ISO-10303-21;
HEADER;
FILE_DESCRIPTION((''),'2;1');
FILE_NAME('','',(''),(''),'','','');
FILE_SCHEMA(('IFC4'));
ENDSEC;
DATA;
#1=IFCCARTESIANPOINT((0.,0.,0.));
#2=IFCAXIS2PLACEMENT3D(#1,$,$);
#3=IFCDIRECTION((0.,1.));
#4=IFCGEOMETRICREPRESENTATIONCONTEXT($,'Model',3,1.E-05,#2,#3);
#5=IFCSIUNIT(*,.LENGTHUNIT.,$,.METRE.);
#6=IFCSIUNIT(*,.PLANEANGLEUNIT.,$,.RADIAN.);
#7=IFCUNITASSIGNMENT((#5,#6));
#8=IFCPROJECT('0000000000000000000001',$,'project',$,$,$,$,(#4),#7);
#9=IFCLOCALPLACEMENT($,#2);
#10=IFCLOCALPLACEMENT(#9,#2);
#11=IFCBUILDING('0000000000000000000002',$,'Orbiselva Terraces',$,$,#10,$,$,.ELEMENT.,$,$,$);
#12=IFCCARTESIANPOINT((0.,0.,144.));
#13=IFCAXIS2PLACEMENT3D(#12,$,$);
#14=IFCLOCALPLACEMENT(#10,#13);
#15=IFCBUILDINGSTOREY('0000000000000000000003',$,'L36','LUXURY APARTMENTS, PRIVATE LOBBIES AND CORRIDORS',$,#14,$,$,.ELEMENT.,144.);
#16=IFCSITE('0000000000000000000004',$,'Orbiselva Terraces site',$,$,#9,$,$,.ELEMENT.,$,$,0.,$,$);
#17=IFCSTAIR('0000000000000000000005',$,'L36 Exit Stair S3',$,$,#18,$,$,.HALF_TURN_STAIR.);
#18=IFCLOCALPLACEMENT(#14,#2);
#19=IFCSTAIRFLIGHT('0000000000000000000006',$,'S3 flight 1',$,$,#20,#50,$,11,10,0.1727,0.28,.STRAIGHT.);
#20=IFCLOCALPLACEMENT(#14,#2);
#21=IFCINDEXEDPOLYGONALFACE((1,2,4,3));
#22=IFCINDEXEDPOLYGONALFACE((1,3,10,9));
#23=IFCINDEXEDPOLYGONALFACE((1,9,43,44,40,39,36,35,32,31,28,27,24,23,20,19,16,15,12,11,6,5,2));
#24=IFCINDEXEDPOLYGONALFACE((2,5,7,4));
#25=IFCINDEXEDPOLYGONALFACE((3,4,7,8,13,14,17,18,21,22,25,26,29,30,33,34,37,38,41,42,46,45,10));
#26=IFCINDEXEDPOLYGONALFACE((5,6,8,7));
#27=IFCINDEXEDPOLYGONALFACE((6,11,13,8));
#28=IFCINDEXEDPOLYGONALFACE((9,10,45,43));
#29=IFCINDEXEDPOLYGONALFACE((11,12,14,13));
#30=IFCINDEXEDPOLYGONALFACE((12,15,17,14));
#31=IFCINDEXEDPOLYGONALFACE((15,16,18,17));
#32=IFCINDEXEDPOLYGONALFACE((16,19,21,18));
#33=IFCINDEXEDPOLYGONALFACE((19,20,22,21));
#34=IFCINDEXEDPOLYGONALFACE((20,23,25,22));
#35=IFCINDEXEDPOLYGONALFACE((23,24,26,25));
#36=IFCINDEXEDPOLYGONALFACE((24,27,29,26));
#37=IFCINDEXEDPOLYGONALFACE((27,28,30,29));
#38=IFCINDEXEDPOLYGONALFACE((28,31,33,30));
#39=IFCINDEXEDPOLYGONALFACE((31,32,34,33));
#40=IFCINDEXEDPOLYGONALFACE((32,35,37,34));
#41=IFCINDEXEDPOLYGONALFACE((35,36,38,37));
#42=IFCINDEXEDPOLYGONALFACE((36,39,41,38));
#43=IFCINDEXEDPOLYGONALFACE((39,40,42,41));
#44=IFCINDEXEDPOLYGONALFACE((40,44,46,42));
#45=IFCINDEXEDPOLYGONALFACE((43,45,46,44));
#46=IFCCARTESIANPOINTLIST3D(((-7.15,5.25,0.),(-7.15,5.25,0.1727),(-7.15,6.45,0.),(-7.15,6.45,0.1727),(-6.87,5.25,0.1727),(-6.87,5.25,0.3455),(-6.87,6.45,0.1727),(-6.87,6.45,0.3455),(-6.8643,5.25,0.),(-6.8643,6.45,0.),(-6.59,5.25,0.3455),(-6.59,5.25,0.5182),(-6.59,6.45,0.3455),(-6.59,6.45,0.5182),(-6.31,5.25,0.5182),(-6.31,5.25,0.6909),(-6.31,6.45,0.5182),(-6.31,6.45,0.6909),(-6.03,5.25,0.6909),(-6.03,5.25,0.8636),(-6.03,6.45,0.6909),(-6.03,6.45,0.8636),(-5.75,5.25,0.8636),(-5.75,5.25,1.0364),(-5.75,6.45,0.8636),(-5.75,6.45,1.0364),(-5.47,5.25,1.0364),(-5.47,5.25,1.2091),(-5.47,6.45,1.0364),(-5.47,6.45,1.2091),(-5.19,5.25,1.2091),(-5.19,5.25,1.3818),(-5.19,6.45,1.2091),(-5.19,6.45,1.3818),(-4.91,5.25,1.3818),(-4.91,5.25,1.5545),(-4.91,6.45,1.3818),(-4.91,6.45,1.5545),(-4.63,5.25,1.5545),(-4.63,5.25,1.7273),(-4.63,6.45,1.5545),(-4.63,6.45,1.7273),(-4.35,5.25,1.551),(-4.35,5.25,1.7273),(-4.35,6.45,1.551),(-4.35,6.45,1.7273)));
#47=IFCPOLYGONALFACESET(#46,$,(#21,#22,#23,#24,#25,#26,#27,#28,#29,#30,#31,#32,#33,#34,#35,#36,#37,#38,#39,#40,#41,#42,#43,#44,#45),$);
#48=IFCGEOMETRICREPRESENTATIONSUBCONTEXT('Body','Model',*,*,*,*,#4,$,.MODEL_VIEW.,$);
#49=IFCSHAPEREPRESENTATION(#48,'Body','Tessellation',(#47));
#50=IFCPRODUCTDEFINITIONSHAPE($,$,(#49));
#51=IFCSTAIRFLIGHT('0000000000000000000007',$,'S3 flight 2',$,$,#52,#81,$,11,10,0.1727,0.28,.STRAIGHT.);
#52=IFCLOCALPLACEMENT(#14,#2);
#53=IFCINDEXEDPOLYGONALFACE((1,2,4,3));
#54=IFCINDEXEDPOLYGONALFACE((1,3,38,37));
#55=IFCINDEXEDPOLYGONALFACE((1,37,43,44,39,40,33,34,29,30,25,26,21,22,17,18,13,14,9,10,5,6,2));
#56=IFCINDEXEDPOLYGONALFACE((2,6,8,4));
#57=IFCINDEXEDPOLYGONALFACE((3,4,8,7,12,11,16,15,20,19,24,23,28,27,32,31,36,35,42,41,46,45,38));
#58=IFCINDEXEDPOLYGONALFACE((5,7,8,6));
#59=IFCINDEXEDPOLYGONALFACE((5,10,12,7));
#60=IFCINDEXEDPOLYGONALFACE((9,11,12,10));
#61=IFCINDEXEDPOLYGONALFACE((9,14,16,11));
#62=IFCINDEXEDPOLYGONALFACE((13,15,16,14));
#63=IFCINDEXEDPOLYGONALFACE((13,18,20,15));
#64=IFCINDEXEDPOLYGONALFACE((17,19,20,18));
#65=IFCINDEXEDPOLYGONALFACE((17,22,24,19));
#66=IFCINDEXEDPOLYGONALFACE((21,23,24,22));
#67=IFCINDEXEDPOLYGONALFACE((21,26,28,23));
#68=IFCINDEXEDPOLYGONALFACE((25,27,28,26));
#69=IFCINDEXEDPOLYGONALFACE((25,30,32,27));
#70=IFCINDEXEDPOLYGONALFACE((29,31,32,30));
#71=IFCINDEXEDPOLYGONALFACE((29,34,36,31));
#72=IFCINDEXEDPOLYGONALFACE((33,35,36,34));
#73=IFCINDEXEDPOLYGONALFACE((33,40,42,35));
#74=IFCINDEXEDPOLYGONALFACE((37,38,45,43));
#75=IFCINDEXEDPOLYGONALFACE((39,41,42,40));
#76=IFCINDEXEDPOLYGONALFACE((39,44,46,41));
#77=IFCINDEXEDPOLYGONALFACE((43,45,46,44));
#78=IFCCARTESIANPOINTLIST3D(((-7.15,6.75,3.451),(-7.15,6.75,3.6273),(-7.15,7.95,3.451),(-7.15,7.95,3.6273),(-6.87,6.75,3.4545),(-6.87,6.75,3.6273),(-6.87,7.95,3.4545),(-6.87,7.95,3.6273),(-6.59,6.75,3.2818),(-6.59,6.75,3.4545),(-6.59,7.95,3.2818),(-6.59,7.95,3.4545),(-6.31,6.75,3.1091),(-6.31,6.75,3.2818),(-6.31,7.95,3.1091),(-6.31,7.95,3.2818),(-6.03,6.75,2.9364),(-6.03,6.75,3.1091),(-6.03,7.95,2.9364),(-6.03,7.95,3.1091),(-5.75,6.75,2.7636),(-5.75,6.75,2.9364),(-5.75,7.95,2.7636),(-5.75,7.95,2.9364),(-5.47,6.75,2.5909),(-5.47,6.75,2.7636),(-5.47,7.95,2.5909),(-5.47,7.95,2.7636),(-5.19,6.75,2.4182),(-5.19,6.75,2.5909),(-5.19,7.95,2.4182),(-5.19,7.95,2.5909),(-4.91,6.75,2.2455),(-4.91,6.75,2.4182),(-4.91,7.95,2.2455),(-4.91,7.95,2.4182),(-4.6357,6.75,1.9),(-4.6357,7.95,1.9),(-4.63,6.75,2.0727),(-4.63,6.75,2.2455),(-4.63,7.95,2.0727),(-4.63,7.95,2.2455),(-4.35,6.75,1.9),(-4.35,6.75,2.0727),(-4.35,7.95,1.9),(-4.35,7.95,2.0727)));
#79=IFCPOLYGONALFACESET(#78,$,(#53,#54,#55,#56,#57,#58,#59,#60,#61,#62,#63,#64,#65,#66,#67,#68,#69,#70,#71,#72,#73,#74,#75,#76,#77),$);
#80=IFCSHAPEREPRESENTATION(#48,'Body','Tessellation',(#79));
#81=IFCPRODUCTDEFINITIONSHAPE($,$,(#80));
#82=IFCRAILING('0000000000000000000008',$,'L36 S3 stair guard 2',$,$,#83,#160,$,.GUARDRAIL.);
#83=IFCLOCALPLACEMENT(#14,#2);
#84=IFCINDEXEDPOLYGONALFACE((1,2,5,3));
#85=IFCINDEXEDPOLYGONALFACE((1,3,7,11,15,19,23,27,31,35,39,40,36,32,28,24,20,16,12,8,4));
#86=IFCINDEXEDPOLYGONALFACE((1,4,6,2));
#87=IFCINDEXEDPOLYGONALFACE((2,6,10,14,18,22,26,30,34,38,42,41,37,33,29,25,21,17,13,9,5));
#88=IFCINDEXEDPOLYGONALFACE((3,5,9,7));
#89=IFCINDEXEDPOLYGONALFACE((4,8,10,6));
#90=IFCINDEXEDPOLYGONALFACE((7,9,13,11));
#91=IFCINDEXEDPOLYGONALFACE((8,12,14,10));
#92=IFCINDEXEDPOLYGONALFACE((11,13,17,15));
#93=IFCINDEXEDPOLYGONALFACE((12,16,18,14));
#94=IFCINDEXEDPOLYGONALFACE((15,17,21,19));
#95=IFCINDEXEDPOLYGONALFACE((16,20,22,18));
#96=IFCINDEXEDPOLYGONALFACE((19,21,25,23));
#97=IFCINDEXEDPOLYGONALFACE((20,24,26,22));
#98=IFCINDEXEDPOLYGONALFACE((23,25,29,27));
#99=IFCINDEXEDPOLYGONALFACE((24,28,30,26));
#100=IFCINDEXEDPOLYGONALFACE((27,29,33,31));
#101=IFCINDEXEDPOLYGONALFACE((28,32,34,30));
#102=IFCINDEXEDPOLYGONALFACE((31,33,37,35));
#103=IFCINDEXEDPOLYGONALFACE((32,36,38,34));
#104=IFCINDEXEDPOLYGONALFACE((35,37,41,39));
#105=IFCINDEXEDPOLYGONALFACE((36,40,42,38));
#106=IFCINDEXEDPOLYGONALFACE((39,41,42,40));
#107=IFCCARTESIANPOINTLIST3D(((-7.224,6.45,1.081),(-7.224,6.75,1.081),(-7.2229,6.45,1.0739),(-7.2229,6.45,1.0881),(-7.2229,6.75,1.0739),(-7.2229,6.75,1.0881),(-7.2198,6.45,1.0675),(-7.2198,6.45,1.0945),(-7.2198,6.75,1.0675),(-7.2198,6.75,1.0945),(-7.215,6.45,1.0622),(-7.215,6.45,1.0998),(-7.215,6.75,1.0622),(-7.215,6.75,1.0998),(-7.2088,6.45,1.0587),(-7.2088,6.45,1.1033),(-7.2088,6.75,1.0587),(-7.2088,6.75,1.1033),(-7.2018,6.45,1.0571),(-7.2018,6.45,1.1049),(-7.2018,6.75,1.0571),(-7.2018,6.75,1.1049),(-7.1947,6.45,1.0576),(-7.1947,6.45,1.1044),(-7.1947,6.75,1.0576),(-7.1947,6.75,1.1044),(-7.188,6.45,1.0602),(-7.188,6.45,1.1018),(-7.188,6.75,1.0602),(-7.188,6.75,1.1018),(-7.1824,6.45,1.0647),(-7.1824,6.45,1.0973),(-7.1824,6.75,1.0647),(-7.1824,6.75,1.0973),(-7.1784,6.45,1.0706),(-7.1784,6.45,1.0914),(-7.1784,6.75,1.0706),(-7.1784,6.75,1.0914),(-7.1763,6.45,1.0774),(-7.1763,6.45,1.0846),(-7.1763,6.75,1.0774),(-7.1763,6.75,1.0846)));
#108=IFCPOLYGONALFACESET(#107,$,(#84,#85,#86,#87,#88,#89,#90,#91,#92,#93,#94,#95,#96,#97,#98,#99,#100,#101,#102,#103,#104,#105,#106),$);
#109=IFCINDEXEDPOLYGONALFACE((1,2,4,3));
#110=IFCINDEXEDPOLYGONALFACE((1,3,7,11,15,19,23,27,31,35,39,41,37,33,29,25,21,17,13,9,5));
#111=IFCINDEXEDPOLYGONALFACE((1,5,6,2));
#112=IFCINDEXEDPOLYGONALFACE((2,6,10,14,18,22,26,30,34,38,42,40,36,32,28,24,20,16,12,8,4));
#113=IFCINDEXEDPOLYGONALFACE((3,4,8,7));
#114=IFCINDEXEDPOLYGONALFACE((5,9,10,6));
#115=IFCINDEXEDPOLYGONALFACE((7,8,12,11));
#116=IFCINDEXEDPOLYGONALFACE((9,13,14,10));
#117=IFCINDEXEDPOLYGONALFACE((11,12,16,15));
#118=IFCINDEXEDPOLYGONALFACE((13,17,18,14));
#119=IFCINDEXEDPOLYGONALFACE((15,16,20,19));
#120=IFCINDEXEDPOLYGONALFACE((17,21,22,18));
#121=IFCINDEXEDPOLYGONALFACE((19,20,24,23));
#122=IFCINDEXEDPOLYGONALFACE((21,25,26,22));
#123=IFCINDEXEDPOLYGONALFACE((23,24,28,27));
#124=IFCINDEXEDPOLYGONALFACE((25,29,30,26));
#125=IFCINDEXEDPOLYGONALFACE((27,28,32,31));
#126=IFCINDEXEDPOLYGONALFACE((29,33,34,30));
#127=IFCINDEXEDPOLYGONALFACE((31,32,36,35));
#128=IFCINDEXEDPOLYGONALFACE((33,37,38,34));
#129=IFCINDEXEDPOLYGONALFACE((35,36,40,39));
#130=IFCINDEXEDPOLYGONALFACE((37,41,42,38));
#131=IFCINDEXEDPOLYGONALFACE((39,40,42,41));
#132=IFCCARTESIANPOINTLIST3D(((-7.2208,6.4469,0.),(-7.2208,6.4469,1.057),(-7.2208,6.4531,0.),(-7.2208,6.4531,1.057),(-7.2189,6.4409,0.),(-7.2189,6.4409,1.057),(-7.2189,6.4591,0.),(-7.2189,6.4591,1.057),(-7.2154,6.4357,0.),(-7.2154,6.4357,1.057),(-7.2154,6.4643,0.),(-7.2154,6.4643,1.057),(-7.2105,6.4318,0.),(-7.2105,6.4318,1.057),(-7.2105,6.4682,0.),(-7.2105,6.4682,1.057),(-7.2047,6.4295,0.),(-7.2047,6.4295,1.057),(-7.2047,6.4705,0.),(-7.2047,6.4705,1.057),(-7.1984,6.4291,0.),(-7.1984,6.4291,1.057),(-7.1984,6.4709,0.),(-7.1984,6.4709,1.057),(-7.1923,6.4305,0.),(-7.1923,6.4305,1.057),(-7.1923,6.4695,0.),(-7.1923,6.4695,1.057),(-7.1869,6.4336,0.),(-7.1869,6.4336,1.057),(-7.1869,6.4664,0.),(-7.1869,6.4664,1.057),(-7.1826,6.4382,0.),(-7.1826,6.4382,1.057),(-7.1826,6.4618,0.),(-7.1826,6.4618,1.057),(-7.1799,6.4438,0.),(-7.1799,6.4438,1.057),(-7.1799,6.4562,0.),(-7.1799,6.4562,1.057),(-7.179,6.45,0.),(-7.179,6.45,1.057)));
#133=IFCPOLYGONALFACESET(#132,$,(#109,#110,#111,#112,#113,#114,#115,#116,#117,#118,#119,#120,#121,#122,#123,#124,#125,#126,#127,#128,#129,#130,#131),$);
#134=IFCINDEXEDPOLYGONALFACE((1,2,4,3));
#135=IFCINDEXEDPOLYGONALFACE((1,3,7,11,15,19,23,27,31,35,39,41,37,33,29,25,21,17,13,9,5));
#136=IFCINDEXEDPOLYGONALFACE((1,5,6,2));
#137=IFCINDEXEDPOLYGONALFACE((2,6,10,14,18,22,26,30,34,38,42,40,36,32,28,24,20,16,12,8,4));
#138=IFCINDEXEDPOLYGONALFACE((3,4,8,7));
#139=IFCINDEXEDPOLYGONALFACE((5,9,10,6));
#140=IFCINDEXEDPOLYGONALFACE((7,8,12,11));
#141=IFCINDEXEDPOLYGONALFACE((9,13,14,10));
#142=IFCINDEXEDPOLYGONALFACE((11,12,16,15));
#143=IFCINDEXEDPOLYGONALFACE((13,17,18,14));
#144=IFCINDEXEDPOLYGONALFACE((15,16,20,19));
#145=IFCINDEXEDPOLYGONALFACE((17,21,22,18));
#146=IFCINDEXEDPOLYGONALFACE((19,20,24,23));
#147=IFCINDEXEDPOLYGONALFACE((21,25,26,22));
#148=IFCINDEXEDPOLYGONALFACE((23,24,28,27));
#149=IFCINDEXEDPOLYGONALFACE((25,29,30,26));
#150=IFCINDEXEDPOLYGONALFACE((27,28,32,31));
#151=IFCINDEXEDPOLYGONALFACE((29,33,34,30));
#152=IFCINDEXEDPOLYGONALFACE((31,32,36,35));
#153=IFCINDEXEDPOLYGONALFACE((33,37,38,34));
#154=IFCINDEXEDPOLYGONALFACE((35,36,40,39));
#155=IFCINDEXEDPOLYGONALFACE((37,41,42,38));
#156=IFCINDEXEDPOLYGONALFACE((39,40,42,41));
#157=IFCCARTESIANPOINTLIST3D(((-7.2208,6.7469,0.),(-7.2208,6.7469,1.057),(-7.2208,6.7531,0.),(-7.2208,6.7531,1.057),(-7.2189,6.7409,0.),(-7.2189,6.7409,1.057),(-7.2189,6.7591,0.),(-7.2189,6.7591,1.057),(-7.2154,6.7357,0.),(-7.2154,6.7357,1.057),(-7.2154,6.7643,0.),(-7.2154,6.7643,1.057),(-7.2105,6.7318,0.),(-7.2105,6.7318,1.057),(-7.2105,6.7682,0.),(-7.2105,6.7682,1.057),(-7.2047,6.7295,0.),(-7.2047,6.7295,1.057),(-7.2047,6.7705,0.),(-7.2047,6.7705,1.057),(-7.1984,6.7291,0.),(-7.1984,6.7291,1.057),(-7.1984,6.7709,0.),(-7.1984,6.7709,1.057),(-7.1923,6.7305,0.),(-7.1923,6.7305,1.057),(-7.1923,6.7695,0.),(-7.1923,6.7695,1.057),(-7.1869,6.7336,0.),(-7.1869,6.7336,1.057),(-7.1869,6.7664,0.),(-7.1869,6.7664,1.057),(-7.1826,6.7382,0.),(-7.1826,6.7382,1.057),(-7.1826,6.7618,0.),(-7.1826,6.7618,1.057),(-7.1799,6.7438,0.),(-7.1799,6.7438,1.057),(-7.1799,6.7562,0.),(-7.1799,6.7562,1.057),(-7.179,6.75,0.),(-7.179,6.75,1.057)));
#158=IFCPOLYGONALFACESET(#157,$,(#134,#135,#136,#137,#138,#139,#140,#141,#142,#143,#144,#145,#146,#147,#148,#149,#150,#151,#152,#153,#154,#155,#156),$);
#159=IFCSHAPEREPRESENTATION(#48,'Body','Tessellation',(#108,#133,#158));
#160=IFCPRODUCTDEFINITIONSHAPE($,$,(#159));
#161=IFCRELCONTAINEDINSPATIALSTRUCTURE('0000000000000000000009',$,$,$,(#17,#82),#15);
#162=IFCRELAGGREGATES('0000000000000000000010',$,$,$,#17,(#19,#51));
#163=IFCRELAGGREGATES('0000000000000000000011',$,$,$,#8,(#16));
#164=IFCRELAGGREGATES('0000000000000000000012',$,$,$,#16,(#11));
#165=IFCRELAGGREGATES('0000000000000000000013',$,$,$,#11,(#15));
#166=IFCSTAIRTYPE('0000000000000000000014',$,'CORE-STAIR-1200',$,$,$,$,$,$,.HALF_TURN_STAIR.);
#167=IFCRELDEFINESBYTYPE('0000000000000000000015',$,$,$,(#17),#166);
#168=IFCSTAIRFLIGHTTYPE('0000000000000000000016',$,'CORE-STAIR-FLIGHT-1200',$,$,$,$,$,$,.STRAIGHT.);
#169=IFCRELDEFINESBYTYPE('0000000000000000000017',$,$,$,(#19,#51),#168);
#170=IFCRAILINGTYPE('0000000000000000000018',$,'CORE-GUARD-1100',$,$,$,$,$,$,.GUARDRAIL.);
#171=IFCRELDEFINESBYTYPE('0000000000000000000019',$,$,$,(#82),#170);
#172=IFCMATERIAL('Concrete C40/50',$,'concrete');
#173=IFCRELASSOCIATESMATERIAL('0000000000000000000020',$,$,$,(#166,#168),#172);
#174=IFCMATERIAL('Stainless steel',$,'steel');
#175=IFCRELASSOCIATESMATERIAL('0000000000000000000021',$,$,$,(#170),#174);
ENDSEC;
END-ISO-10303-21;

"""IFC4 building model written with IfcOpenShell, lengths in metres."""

from ifc_helpers import new_model, si_unit, direction, frame, origin, origin_2d, place, context, subcontext, project, spatial, polyline, circle, outline, extrude, material, type_object, element, aggregate, save


model = new_model("IFC4")

# Units and contexts
model_context = context("Model", 3, precision=1e-05, world=origin(), true_north=direction((0.0, 1.0)))
body_context = subcontext(model_context, "Body", "Model", "MODEL_VIEW")
ifc_project = project(units=[si_unit("LENGTHUNIT", "METRE"), si_unit("PLANEANGLEUNIT", "RADIAN")], contexts=[model_context])

# Site, building, storey
site_placement = place(None, origin())
site = spatial("IfcSite", under=ifc_project, at=site_placement, Name="Orbiselva Terraces site", CompositionType="ELEMENT", RefElevation=0.0)
building_placement = place(site_placement, origin())
building = spatial("IfcBuilding", under=site, at=building_placement, Name="Orbiselva Terraces", CompositionType="ELEMENT")
storey_placement = place(building_placement, frame((0.0, 0.0, 144.0)))
storey = spatial("IfcBuildingStorey", under=building, at=storey_placement, Name="L36", Description="LUXURY APARTMENTS, PRIVATE LOBBIES AND CORRIDORS", CompositionType="ELEMENT", Elevation=144.0)

# Stair, stair flights
ifc_material_1 = material(Name="Concrete C40/50", Category="concrete")
stair_type = type_object("IfcStairType", Name="CORE-STAIR-1200", PredefinedType="HALF_TURN_STAIR", material=ifc_material_1)
stair_placement = place(storey_placement, origin())
stair = element("IfcStair", 1, at=stair_placement, inside=storey, type_object=stair_type, Name="L36 Exit Stair S3", PredefinedType="HALF_TURN_STAIR")
stair_flight_type = type_object("IfcStairFlightType", Name="CORE-STAIR-FLIGHT-1200", PredefinedType="STRAIGHT", material=ifc_material_1)
stair_flight_1_placement = place(storey_placement, frame((-7.15, 5.85, 0.0), z_axis=(0.0, 0.0, 1.0), x_axis=(1.0, 0.0, 0.0)))
stair_flight_1 = element("IfcStairFlight", 2, at=stair_flight_1_placement, type_object=stair_flight_type, Name="S3 flight 1", NumberOfRisers=11, NumberOfTreads=10, PredefinedType="STRAIGHT", RiserHeight=0.1727, TreadLength=0.28, context=body_context, shape_type="SweptSolid", body=[
    extrude(outline(polyline([(0.0, 0.0), (0.0, 0.1727), (0.28, 0.1727), (0.28, 0.3455), (0.56, 0.3455), (0.56, 0.5182), (0.84, 0.5182), (0.84, 0.6909), (1.12, 0.6909), (1.12, 0.8636), (1.4, 0.8636), (1.4, 1.0364), (1.68, 1.0364), (1.68, 1.2091), (1.96, 1.2091), (1.96, 1.3818), (2.24, 1.3818), (2.24, 1.5545), (2.52, 1.5545), (2.52, 1.7273), (2.8, 1.7273), (2.8, 1.9), (2.8, 1.551), (0.2857, 0.0), (0.0, 0.0)])), frame((0.0, 0.6, 0.0), z_axis=(0.0, -1.0, 0.0), x_axis=(1.0, 0.0, 0.0)), (0.0, 0.0, 1.0), 1.2),
])
stair_flight_2_placement = place(storey_placement, frame((-4.35, 7.35, 1.9), z_axis=(0.0, 0.0, 1.0), x_axis=(-1.0, 0.0, 0.0)))
stair_flight_2 = element("IfcStairFlight", 3, at=stair_flight_2_placement, type_object=stair_flight_type, Name="S3 flight 2", NumberOfRisers=11, NumberOfTreads=10, PredefinedType="STRAIGHT", RiserHeight=0.1727, TreadLength=0.28, context=body_context, shape_type="SweptSolid", body=[
    extrude(outline(polyline([(0.0, 0.0), (0.0, 0.1727), (0.28, 0.1727), (0.28, 0.3455), (0.56, 0.3455), (0.56, 0.5182), (0.84, 0.5182), (0.84, 0.6909), (1.12, 0.6909), (1.12, 0.8636), (1.4, 0.8636), (1.4, 1.0364), (1.68, 1.0364), (1.68, 1.2091), (1.96, 1.2091), (1.96, 1.3818), (2.24, 1.3818), (2.24, 1.5545), (2.52, 1.5545), (2.52, 1.7273), (2.8, 1.7273), (2.8, 1.9), (2.8, 1.551), (0.2857, 0.0), (0.0, 0.0)])), frame((0.0, 0.6, 0.0), z_axis=(0.0, -1.0, 0.0), x_axis=(1.0, 0.0, 0.0)), (0.0, 0.0, 1.0), 1.2),
])
aggregate(stair, [stair_flight_1, stair_flight_2])

# Railing
ifc_material_2 = material(Name="Stainless steel", Category="steel")
railing_type_1 = type_object("IfcRailingType", Name="CORE-GUARD-1100", PredefinedType="GUARDRAIL", material=ifc_material_2)
railing_1_placement = place(storey_placement, frame((-7.2, 6.45, 0.0)))
element("IfcRailing", 4, at=railing_1_placement, inside=storey, type_object=railing_type_1, Name="L36 S3 stair guard 2", PredefinedType="GUARDRAIL", context=body_context, shape_type="SweptSolid", body=[
    extrude(circle(Radius=0.024, at=origin_2d()), frame((0.0, 0.0, 1.081), z_axis=(0.0, 1.0, 0.0), x_axis=(-1.0, 0.0, 0.0)), (0.0, 0.0, 1.0), 0.3),
    extrude(circle(Radius=0.021, at=origin_2d()), origin(), (0.0, 0.0, 1.0), 1.057),
    extrude(circle(Radius=0.021, at=origin_2d()), frame((0.0, 0.3, 0.0)), (0.0, 0.0, 1.0), 1.057),
])

save(model, "model.ifc")
